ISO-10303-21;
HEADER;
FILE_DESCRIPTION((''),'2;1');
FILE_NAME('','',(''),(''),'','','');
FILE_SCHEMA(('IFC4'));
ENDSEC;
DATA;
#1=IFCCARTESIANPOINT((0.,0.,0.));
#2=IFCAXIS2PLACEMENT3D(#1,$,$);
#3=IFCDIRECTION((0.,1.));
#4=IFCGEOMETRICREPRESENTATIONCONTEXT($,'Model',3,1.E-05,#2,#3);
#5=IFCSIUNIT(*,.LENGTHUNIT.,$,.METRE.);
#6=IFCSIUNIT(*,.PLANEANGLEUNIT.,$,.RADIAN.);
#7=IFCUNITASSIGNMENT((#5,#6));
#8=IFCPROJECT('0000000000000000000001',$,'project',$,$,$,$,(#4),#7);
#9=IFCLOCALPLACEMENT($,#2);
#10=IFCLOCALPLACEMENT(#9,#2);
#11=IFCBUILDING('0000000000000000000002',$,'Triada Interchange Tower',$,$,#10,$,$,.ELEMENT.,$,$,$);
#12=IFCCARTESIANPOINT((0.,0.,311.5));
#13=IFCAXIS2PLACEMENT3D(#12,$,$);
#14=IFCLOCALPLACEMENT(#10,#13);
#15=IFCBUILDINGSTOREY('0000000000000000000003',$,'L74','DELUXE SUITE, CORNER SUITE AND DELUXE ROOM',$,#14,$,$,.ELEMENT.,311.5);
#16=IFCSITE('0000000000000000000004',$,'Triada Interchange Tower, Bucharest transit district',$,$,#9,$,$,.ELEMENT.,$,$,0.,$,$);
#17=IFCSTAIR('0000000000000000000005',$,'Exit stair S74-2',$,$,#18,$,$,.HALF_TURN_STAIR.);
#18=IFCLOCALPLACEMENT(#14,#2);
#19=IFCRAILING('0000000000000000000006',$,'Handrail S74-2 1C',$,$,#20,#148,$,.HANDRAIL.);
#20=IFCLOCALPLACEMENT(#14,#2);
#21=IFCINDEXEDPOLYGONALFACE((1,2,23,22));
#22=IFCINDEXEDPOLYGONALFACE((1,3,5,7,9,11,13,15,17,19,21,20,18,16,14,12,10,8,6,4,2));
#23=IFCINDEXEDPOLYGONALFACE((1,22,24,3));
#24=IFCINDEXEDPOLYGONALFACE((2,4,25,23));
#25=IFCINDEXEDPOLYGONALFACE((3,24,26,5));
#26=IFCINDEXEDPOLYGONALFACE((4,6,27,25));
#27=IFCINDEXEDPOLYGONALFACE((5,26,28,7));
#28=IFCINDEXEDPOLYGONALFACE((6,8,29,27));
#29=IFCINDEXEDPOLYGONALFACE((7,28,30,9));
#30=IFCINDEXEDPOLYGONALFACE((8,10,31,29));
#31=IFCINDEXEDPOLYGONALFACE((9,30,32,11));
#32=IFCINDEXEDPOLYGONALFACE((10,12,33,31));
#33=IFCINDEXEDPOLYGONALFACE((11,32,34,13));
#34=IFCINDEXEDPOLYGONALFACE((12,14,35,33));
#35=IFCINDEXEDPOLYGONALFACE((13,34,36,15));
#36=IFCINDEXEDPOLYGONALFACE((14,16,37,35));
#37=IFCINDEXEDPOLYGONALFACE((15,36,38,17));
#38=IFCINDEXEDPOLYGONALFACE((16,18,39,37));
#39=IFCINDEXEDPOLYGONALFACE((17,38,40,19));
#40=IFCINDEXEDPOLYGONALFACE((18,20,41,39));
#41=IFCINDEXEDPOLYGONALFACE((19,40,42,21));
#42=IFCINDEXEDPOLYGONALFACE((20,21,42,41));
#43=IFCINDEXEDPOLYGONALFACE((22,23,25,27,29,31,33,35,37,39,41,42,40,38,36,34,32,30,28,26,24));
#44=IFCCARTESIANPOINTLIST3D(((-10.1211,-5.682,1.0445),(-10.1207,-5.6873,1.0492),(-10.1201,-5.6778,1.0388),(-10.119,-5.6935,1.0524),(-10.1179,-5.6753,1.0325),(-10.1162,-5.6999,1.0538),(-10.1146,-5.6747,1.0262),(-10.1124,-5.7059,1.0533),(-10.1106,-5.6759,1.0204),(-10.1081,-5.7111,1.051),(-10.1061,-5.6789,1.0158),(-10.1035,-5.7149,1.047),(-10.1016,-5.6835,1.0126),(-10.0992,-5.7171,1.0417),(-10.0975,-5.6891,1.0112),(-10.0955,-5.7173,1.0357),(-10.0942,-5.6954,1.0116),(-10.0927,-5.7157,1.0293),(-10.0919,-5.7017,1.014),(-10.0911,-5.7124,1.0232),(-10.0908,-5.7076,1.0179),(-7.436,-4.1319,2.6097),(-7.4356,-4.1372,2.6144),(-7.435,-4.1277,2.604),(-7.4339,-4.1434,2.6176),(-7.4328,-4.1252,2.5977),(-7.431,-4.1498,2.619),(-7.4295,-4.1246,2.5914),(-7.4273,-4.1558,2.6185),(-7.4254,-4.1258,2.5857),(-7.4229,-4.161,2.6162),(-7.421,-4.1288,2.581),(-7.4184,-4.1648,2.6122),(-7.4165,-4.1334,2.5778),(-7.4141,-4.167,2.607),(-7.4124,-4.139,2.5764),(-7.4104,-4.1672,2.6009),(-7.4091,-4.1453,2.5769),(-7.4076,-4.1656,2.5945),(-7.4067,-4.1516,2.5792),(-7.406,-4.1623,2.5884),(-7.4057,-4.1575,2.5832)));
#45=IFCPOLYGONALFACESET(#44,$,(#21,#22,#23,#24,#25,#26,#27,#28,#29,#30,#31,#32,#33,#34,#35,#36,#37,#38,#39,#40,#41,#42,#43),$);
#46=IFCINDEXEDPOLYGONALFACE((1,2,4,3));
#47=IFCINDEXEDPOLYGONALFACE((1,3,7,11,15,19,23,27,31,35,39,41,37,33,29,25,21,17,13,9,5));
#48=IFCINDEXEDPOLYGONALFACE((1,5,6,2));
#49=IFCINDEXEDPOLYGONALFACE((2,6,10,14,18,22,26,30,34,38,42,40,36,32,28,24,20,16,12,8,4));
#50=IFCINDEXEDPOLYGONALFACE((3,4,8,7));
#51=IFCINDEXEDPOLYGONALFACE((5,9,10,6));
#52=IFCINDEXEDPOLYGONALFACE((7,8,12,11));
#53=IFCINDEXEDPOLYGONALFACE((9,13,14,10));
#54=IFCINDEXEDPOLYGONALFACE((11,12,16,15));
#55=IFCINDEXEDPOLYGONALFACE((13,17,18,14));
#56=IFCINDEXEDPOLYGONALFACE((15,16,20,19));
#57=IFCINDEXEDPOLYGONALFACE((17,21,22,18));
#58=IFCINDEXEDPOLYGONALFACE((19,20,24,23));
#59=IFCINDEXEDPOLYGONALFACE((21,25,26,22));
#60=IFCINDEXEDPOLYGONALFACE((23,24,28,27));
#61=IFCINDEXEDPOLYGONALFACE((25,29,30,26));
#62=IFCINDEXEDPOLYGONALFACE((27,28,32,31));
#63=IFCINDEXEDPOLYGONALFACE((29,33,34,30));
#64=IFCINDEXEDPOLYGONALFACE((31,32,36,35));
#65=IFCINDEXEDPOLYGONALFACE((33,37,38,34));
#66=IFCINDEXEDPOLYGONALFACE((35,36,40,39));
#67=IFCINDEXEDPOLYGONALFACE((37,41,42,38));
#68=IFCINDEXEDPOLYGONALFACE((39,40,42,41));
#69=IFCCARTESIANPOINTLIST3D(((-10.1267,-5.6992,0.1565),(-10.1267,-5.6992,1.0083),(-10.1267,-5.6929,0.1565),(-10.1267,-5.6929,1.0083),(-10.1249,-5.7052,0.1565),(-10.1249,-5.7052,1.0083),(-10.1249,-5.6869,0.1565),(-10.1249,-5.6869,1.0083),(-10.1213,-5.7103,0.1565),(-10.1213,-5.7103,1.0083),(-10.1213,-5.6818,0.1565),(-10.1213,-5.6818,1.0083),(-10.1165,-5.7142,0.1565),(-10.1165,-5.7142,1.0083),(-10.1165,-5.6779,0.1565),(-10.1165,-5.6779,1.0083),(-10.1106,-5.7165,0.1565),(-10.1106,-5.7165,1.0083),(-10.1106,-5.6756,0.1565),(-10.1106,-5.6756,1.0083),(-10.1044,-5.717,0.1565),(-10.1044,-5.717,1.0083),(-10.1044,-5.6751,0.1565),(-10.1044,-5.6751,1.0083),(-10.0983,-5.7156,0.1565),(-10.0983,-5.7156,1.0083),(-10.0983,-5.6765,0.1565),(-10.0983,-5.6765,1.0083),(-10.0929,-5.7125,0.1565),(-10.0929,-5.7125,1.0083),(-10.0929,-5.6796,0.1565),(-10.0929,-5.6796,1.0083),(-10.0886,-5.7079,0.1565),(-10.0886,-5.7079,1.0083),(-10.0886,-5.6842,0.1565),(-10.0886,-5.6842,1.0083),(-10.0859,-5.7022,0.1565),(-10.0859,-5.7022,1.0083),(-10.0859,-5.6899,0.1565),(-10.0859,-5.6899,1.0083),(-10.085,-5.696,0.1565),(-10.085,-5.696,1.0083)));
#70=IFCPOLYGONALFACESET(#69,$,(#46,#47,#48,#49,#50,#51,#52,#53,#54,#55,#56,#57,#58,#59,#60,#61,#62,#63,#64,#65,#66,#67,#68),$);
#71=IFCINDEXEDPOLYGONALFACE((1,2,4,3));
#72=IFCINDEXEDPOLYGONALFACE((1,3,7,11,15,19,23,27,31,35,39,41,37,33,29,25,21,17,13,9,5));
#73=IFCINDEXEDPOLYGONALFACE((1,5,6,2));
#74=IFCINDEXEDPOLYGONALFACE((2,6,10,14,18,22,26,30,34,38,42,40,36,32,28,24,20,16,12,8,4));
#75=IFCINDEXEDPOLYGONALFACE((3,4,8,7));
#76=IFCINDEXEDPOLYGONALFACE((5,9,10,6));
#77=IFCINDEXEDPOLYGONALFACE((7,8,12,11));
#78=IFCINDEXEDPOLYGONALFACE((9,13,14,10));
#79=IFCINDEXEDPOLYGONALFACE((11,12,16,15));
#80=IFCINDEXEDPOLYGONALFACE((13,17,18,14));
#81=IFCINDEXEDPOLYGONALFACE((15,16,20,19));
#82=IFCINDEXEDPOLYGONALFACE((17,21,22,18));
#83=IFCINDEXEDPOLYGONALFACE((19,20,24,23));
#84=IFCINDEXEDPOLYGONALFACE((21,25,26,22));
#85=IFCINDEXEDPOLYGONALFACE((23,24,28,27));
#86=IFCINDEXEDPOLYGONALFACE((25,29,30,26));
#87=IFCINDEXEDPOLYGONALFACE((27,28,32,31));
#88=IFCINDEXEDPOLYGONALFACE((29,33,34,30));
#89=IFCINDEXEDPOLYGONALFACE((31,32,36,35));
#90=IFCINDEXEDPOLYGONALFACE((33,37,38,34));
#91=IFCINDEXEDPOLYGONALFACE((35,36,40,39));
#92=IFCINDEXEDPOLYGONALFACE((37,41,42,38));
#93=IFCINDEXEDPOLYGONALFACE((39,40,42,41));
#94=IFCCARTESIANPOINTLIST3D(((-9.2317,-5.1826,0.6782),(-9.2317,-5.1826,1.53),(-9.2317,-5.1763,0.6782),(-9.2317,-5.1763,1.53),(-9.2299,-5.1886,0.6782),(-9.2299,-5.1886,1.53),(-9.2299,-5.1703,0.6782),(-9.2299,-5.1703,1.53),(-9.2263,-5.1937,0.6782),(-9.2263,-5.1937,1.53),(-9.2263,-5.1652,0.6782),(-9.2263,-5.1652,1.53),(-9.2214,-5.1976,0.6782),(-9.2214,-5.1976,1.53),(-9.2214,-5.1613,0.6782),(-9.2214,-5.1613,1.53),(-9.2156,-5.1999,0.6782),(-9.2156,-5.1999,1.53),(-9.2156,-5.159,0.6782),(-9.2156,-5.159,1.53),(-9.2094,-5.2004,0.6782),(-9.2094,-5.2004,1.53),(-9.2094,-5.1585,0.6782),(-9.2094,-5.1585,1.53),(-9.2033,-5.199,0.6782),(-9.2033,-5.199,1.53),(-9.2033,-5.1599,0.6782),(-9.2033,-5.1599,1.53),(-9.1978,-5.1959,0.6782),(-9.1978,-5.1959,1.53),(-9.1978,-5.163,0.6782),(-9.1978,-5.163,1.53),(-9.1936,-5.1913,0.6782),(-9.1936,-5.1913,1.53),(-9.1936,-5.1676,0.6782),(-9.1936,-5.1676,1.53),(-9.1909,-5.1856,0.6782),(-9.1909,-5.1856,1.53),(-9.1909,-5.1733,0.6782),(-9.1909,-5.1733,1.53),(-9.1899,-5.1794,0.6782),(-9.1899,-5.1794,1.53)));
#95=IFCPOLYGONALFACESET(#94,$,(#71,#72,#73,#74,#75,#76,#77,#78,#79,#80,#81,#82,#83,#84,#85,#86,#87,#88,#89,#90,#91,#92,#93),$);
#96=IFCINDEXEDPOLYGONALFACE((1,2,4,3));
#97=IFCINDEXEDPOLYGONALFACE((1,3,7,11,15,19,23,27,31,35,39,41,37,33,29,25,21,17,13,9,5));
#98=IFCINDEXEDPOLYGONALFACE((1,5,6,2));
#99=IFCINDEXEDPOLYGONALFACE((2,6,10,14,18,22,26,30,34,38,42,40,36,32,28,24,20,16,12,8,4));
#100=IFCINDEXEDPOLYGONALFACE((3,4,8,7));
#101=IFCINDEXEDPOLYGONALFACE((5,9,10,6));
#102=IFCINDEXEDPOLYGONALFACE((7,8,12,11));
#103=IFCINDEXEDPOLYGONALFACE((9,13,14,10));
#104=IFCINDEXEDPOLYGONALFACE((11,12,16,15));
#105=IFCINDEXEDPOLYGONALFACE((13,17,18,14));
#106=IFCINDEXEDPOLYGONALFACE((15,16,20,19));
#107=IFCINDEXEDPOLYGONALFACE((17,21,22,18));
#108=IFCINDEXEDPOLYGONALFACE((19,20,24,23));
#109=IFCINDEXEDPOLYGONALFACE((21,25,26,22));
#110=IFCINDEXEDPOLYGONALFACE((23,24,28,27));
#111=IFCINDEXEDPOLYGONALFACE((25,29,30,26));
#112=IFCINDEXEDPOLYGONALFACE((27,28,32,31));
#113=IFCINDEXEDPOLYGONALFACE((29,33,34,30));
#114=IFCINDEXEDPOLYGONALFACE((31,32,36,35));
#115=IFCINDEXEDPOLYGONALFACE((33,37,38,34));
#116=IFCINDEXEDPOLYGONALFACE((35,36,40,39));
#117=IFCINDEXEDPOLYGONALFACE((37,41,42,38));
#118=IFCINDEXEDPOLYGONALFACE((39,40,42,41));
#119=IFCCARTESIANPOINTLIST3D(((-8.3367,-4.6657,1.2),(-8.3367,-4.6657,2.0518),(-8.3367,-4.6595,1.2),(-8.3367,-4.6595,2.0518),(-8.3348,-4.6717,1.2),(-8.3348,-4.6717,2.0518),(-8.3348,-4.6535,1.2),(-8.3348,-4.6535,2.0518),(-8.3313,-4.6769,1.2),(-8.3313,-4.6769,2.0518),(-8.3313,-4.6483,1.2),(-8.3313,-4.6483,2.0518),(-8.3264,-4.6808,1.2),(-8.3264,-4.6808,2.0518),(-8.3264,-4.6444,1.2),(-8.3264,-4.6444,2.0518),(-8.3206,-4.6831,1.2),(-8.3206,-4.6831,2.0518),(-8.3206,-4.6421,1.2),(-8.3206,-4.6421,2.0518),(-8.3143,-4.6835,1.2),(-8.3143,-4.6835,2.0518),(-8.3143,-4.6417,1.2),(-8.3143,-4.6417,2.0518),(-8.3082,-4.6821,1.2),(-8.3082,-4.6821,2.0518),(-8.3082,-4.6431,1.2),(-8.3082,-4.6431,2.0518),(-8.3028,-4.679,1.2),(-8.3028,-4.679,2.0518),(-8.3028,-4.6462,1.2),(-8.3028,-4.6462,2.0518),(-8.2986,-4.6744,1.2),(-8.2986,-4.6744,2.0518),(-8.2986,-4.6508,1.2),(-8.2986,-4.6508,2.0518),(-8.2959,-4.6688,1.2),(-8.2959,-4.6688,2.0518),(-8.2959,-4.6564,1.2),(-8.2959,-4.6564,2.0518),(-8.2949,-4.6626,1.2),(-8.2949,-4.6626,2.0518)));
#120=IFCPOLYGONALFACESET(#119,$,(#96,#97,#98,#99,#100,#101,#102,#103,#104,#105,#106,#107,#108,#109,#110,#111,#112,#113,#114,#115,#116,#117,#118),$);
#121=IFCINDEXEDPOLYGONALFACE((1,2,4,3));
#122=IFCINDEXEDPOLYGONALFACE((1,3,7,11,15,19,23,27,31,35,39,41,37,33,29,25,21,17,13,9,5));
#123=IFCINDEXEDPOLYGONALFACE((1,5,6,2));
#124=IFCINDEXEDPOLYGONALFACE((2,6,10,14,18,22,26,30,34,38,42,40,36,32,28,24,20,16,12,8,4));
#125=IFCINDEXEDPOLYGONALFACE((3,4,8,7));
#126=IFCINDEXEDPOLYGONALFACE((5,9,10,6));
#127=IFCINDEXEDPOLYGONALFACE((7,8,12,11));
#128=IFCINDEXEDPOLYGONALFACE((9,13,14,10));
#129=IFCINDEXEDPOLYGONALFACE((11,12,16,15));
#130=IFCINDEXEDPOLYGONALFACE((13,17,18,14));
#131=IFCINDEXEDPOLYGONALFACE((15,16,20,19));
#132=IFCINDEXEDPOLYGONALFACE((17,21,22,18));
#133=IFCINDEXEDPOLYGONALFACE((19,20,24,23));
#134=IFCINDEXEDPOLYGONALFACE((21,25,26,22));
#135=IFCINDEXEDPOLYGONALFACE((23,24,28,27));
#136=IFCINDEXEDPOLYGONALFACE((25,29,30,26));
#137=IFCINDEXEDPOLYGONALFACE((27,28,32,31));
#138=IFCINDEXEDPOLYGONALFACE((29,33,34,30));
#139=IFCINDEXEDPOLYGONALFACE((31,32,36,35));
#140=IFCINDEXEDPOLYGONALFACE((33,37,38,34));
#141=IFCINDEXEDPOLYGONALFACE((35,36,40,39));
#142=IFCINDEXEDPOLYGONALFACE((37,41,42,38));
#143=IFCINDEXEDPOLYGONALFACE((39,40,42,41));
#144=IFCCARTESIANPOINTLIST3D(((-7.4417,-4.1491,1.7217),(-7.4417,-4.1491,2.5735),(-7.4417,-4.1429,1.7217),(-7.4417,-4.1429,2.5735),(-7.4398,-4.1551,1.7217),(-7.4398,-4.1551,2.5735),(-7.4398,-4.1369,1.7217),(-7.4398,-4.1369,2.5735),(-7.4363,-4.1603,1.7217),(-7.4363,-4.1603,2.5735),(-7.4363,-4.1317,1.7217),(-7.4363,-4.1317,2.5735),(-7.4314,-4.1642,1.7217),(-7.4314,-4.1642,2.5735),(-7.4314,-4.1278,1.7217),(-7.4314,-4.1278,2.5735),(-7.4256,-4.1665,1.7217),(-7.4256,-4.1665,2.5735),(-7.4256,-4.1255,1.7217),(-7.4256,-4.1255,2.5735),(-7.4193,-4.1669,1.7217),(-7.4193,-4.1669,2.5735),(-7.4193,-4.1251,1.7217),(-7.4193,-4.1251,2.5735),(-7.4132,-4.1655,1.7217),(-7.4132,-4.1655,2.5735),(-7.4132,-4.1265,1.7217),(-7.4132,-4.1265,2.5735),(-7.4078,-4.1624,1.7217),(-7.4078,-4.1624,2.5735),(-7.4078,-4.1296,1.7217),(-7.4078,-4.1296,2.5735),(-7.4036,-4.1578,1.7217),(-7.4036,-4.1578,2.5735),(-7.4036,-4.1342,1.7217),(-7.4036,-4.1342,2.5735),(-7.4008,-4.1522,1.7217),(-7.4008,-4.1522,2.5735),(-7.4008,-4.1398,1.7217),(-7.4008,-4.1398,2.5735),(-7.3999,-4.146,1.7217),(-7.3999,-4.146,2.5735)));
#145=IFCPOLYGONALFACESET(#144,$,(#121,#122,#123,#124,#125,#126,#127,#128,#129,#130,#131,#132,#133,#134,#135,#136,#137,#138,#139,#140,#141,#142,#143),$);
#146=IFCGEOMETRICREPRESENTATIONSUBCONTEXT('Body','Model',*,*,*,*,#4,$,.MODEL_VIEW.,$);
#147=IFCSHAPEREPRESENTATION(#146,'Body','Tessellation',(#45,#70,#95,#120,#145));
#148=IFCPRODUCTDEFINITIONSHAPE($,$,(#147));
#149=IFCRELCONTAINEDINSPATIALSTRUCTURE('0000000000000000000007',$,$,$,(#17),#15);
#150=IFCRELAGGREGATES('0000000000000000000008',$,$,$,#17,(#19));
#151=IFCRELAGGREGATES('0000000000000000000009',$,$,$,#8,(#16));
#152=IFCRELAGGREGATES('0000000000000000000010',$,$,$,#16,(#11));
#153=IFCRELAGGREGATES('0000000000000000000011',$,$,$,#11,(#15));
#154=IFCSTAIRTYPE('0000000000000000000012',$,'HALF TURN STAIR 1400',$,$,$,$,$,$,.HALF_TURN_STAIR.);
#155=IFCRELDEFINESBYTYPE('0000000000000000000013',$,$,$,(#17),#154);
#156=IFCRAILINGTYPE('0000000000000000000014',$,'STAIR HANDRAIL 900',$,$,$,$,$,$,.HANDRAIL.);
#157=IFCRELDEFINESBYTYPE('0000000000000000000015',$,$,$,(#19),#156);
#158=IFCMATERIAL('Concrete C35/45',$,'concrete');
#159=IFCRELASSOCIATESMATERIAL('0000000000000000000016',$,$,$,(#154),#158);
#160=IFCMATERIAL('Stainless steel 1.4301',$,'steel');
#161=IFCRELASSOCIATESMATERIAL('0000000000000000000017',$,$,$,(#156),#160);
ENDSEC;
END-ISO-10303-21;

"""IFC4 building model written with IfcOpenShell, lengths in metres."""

from ifc_helpers import new_model, si_unit, direction, frame, origin, origin_2d, place, context, subcontext, project, spatial, circle, extrude, material, type_object, element, aggregate, save


model = new_model("IFC4")

# Units and contexts
model_context = context("Model", 3, precision=1e-05, world=origin(), true_north=direction((0.0, 1.0)))
body_context = subcontext(model_context, "Body", "Model", "MODEL_VIEW")
ifc_project = project(units=[si_unit("LENGTHUNIT", "METRE"), si_unit("PLANEANGLEUNIT", "RADIAN")], contexts=[model_context])

# Site, building, storey
site_placement = place(None, origin())
site = spatial("IfcSite", under=ifc_project, at=site_placement, Name="Triada Interchange Tower, Bucharest transit district", CompositionType="ELEMENT", RefElevation=0.0)
building_placement = place(site_placement, origin())
building = spatial("IfcBuilding", under=site, at=building_placement, Name="Triada Interchange Tower", CompositionType="ELEMENT")
storey_placement = place(building_placement, frame((0.0, 0.0, 311.5)))
storey = spatial("IfcBuildingStorey", under=building, at=storey_placement, Name="L74", Description="DELUXE SUITE, CORNER SUITE AND DELUXE ROOM", CompositionType="ELEMENT", Elevation=311.5)

# Stair, railing
ifc_material_1 = material(Name="Concrete C35/45", Category="concrete")
stair_type = type_object("IfcStairType", Name="HALF TURN STAIR 1400", PredefinedType="HALF_TURN_STAIR", material=ifc_material_1)
stair_placement = place(storey_placement, origin())
stair = element("IfcStair", 1, at=stair_placement, inside=storey, type_object=stair_type, Name="Exit stair S74-2", PredefinedType="HALF_TURN_STAIR")
ifc_material_2 = material(Name="Stainless steel 1.4301", Category="steel")
railing_type = type_object("IfcRailingType", Name="STAIR HANDRAIL 900", PredefinedType="HANDRAIL", material=ifc_material_2)
railing_1_placement = place(storey_placement, frame((-10.106, -5.696, 0.1565)))
railing_1 = element("IfcRailing", 2, at=railing_1_placement, type_object=railing_type, Name="Handrail S74-2 1C", PredefinedType="HANDRAIL", context=body_context, shape_type="SweptSolid", body=[
    extrude(circle(Radius=0.0239, at=origin_2d()), frame((0.0, 0.0, 0.876), z_axis=(0.773115, 0.446309, 0.450667), x_axis=(-0.499959, 0.866049, 0.0)), (0.0, 0.0, 1.0), 3.4731),
    extrude(circle(Radius=0.021, at=origin_2d()), origin(), (0.0, 0.0, 1.0), 0.8518),
    extrude(circle(Radius=0.021, at=origin_2d()), frame((0.895, 0.5166, 0.5217)), (0.0, 0.0, 1.0), 0.8518),
    extrude(circle(Radius=0.021, at=origin_2d()), frame((1.79, 1.0334, 1.0435)), (0.0, 0.0, 1.0), 0.8518),
    extrude(circle(Radius=0.021, at=origin_2d()), frame((2.6851, 1.55, 1.5652)), (0.0, 0.0, 1.0), 0.8518),
])
aggregate(stair, [railing_1])

save(model, "model.ifc")
